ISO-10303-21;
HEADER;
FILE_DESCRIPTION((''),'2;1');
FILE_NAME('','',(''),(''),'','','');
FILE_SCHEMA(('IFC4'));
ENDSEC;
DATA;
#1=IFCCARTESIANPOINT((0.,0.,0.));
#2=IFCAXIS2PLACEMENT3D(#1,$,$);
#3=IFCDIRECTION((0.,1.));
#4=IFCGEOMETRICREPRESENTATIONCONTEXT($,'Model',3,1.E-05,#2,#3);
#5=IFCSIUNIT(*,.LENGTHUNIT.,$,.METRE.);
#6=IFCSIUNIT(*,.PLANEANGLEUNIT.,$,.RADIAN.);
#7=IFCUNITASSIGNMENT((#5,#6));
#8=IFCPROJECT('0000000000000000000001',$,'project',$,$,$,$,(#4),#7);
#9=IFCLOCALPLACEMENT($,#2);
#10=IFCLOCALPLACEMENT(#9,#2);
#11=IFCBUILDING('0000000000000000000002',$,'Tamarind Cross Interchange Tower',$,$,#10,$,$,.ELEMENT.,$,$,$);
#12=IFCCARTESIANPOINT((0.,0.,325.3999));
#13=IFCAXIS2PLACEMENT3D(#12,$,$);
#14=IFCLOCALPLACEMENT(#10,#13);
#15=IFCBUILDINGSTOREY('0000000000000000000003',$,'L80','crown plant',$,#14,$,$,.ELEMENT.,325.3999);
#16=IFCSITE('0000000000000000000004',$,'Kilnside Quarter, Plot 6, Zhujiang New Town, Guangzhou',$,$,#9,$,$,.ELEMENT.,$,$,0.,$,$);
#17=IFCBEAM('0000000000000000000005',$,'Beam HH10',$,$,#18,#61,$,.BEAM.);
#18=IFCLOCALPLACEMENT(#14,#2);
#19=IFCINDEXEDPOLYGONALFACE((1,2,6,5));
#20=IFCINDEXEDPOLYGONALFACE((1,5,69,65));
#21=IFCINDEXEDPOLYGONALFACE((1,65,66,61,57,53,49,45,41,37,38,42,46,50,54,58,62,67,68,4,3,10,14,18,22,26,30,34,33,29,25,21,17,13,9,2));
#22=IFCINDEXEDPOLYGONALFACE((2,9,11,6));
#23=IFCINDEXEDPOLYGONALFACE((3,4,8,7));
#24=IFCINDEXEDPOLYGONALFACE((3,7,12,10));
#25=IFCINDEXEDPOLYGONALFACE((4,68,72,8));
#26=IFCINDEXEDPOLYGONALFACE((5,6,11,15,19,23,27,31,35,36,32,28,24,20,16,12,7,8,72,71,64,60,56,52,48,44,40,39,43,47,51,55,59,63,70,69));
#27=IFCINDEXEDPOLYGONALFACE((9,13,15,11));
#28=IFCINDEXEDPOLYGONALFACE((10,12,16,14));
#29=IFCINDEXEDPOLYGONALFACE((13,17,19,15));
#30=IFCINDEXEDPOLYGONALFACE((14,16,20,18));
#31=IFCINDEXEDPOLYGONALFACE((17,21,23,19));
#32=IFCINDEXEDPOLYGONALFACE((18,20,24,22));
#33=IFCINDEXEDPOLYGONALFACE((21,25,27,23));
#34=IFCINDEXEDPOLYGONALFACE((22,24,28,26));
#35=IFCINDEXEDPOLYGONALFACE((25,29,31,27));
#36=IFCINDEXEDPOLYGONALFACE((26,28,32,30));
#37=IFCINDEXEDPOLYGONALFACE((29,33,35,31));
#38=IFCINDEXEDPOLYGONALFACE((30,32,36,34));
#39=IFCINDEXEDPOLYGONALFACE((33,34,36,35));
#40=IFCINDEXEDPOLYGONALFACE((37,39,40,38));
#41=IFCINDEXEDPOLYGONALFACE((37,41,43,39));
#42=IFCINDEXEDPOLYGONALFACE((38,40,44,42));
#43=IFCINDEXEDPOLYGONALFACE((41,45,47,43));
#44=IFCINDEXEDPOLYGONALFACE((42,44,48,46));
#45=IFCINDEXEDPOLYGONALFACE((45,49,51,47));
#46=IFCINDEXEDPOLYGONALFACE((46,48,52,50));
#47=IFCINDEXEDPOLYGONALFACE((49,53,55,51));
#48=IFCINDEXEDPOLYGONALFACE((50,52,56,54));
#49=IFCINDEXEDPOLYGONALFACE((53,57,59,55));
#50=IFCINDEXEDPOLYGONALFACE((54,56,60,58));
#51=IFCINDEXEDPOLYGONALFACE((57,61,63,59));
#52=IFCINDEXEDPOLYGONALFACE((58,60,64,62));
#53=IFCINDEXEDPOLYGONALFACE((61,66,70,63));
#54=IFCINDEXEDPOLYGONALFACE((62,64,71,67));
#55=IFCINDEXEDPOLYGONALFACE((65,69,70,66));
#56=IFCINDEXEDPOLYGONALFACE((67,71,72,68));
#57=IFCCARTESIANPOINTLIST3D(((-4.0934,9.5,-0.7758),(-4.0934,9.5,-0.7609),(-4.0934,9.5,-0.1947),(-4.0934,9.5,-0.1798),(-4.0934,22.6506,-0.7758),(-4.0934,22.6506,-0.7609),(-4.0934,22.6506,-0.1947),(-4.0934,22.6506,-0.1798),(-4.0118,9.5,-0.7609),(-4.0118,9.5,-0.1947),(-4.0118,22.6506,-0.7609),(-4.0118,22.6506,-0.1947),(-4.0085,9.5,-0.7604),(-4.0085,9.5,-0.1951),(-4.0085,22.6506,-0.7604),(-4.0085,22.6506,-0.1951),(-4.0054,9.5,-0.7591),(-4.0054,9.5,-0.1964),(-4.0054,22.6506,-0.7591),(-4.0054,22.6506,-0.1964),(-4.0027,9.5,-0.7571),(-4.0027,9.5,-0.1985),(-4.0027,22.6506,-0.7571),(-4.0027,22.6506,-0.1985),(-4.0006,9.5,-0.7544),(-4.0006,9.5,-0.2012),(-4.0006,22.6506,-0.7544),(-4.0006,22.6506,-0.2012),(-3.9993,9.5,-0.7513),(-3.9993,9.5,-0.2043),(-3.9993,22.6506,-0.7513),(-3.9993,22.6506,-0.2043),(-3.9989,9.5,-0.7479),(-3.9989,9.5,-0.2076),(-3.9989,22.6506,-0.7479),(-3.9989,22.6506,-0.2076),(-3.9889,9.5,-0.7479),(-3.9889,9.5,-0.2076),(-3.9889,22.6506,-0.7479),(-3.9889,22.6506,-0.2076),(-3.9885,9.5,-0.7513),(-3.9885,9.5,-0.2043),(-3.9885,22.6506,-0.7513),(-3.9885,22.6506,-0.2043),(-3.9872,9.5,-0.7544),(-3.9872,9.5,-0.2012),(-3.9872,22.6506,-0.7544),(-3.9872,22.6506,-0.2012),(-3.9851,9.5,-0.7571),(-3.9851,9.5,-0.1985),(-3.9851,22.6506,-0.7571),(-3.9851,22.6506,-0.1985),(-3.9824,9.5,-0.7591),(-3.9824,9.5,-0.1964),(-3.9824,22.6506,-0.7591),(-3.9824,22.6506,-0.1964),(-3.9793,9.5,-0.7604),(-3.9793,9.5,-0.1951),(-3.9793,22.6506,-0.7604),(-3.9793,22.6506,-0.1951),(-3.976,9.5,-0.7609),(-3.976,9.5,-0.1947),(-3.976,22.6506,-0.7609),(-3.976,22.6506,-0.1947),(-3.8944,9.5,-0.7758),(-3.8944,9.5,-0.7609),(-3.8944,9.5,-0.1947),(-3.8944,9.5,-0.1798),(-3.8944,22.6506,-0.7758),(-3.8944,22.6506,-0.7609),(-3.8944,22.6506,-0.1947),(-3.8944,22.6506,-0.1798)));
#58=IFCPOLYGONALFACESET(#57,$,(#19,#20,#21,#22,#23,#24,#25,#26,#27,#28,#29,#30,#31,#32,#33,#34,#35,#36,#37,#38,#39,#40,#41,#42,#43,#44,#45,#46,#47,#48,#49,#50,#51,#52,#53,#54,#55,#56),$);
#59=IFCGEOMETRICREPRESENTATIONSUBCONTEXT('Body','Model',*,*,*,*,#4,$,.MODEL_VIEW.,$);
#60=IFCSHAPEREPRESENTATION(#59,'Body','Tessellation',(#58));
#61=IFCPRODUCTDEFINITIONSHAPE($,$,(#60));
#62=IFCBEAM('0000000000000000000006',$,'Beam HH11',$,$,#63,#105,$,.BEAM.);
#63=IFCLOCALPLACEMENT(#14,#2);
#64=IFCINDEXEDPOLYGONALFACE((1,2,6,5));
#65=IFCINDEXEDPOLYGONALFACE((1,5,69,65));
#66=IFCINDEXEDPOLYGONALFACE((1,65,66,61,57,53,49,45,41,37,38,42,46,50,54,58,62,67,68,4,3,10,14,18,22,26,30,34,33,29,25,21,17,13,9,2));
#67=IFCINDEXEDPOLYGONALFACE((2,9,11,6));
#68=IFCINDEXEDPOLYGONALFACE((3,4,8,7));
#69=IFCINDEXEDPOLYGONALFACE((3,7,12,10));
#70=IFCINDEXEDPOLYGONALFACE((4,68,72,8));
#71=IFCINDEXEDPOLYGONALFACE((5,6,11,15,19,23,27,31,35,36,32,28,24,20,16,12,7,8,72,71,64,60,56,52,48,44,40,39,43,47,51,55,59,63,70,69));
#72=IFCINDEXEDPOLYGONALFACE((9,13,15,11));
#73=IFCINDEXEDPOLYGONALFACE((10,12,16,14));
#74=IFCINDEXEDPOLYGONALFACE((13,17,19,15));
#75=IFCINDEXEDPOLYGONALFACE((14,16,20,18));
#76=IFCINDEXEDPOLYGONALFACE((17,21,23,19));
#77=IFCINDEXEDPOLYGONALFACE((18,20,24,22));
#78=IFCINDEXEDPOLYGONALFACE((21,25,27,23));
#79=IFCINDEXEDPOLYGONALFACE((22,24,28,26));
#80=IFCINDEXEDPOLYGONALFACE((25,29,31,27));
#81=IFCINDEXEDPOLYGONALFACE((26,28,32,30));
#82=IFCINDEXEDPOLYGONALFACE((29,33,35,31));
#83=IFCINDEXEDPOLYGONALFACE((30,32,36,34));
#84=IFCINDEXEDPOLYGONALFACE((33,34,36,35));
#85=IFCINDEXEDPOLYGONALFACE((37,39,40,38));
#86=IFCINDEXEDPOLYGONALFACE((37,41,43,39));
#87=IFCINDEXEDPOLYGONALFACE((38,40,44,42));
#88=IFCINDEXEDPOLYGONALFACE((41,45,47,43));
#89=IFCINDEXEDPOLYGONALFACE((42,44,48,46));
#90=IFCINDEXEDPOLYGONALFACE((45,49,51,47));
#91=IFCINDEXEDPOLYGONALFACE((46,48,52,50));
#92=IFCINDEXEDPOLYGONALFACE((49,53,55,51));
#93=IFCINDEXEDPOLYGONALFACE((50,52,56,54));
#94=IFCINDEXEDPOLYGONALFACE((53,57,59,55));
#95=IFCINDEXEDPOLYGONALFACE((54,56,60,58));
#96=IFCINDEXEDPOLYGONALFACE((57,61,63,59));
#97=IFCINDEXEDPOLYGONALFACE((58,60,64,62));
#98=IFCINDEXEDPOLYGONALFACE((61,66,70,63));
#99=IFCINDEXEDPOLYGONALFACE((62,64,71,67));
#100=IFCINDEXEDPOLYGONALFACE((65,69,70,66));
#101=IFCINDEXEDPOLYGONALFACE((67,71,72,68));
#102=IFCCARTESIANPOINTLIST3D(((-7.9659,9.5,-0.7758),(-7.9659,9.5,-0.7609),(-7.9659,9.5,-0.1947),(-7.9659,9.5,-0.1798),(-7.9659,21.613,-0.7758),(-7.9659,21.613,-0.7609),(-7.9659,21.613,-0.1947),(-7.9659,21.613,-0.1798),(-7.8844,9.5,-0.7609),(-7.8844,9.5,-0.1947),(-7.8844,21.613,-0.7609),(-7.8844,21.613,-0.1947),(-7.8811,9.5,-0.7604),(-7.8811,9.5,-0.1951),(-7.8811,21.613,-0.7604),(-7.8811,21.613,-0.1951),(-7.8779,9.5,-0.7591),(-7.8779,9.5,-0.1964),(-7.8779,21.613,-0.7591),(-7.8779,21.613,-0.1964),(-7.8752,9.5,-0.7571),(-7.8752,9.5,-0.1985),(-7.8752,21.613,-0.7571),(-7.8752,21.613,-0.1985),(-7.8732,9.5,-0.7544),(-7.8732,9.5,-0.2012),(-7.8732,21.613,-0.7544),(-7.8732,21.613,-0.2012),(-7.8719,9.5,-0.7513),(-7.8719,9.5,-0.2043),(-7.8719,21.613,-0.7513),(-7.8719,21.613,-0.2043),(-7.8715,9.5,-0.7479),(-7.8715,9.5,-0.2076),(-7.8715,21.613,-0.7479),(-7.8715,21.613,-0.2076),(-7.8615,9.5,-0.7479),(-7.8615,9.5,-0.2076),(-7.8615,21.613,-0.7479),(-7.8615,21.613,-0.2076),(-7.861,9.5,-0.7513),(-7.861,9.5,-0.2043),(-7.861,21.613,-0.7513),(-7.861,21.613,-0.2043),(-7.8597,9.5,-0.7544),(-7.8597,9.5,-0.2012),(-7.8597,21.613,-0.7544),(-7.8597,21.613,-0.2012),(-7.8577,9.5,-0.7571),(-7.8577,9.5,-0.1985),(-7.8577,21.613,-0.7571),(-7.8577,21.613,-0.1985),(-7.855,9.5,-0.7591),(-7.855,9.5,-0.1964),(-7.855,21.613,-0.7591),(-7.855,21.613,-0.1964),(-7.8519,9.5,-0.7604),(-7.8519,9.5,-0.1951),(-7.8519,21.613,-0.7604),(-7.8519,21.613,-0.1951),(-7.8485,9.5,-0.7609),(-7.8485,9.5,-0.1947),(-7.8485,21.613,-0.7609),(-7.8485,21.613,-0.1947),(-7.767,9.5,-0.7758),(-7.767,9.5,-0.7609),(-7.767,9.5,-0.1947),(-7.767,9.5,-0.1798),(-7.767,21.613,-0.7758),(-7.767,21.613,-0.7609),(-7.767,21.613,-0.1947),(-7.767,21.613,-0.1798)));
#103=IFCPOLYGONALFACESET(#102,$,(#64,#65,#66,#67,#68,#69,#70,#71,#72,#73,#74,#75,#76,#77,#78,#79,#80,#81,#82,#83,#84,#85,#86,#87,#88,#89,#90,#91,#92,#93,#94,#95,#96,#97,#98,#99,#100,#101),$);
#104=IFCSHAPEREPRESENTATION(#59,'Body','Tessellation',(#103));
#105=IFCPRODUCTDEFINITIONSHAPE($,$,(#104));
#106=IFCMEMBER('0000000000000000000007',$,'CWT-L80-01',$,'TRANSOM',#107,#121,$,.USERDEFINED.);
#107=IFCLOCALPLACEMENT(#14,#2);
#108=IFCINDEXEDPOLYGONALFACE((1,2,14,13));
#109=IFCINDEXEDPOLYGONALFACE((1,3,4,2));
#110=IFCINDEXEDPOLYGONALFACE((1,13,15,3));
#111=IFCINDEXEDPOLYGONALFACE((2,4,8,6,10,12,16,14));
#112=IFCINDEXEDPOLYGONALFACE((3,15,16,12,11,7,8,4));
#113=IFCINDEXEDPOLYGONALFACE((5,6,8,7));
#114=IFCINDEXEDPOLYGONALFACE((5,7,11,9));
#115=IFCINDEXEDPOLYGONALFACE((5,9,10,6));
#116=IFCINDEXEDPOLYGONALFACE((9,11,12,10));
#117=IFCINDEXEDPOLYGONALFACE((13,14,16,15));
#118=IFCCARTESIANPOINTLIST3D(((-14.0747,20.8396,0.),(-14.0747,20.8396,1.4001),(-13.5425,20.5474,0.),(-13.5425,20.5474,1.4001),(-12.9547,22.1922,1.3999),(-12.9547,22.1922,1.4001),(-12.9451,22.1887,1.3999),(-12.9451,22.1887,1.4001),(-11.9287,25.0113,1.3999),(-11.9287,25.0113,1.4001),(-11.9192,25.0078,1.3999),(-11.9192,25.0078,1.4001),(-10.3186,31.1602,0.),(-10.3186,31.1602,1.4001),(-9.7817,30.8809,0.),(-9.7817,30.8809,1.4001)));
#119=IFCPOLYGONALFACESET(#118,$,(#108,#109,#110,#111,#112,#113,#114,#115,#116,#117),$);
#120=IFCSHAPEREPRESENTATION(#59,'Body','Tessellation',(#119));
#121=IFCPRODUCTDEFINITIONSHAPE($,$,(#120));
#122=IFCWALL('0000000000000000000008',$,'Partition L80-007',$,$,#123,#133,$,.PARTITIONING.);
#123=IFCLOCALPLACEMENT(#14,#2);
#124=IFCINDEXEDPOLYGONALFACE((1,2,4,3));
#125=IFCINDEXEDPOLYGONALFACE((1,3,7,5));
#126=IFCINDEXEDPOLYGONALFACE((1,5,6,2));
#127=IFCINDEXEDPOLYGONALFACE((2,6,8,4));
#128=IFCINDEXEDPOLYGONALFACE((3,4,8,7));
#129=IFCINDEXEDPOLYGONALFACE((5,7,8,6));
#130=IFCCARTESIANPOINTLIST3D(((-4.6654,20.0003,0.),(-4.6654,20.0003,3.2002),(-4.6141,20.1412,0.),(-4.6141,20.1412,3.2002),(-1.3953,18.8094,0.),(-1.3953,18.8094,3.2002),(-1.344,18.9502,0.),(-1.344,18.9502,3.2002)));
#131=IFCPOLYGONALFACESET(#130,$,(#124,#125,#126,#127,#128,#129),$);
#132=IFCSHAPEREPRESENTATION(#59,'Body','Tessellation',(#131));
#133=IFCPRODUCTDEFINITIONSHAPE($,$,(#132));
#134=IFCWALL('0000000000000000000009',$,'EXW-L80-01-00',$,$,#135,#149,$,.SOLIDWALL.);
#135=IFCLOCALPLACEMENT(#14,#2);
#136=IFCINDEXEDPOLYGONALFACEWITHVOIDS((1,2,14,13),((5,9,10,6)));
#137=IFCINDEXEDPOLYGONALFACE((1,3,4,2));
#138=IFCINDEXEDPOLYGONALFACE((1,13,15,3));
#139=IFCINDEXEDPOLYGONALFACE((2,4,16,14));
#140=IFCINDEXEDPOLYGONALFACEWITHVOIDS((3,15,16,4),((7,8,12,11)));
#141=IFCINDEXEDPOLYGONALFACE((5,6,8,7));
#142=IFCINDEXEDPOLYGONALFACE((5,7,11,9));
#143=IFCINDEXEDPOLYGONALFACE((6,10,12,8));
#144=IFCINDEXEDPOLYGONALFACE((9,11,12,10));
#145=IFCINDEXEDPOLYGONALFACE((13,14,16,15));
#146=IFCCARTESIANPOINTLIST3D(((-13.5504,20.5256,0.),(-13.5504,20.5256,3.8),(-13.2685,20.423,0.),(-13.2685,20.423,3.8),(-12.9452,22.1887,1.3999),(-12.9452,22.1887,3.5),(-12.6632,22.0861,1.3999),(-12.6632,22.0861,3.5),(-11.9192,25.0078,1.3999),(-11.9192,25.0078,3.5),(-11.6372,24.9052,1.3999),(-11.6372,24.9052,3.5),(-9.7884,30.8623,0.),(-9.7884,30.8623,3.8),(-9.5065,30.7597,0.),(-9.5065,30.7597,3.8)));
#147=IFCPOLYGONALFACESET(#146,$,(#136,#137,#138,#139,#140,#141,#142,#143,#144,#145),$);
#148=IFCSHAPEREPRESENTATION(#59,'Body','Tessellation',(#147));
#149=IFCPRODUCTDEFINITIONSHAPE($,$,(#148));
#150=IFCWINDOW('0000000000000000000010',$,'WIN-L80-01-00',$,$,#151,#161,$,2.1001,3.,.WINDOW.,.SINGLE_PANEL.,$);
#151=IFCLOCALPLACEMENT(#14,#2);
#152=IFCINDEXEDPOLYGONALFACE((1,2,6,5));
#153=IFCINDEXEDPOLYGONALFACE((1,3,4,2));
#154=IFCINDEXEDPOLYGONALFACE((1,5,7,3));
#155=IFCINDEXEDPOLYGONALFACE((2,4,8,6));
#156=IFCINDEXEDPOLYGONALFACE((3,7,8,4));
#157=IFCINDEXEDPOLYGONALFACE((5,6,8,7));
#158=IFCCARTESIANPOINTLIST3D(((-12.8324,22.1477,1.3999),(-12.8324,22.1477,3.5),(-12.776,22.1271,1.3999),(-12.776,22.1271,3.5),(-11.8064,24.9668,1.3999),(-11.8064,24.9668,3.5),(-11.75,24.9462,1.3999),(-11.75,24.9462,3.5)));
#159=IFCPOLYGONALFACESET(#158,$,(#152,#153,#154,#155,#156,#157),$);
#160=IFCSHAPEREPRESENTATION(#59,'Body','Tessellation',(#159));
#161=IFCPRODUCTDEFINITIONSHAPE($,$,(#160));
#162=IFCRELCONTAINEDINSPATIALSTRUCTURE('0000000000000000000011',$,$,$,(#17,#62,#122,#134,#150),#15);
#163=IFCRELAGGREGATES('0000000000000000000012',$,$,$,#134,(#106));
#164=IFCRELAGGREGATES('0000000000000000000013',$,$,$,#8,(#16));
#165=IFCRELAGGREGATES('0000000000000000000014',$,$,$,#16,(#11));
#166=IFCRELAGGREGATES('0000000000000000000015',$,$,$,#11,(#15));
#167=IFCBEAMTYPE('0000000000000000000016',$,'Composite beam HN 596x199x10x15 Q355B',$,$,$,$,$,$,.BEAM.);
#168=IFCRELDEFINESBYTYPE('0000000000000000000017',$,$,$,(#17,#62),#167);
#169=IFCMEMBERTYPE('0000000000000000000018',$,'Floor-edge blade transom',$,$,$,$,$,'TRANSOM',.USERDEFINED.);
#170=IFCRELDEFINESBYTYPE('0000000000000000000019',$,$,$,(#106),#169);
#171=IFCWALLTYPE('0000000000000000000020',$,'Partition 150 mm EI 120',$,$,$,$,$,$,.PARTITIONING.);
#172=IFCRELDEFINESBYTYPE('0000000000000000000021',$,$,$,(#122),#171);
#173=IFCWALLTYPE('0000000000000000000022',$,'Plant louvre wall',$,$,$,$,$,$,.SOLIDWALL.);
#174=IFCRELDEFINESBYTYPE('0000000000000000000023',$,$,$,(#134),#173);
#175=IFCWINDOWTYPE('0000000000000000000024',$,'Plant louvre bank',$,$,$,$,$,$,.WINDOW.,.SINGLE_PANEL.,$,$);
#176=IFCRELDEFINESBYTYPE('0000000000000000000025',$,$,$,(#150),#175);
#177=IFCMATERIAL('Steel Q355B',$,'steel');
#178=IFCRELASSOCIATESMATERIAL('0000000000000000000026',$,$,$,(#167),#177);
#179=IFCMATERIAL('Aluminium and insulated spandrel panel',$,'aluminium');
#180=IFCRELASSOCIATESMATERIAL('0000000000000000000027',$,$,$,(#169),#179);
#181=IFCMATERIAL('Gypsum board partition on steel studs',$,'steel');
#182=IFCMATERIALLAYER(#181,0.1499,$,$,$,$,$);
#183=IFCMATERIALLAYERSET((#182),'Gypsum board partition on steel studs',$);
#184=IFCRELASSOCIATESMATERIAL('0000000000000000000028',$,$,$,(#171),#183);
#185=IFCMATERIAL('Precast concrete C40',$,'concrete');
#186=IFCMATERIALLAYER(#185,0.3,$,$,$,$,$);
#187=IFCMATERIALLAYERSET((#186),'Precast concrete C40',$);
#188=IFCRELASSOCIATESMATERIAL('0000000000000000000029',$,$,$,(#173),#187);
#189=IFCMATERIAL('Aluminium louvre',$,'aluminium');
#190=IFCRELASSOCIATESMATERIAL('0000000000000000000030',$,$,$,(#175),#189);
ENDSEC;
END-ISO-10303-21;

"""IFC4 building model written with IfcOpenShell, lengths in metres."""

from ifc_helpers import new_model, si_unit, direction, frame, frame_2d, origin, origin_2d, place, context, subcontext, project, spatial, polyline, rectangle, i_section, outline, extrude, material, layer, layer_set, material_profile, profile_set, type_object, element, fill, aggregate, save


model = new_model("IFC4")

# Units and contexts
model_context = context("Model", 3, precision=1e-05, world=origin(), true_north=direction((0.0, 1.0)))
body_context = subcontext(model_context, "Body", "Model", "MODEL_VIEW")
ifc_project = project(units=[si_unit("LENGTHUNIT", "METRE"), si_unit("PLANEANGLEUNIT", "RADIAN")], contexts=[model_context])

# Site, building, storey
site_placement = place(None, origin())
site = spatial("IfcSite", under=ifc_project, at=site_placement, Name="Kilnside Quarter, Plot 6, Zhujiang New Town, Guangzhou", CompositionType="ELEMENT", RefElevation=0.0)
building_placement = place(site_placement, origin())
building = spatial("IfcBuilding", under=site, at=building_placement, Name="Tamarind Cross Interchange Tower", CompositionType="ELEMENT")
storey_placement = place(building_placement, frame((0.0, 0.0, 325.3999)))
storey = spatial("IfcBuildingStorey", under=building, at=storey_placement, Name="L80", Description="crown plant", CompositionType="ELEMENT", Elevation=325.3999)

# Beams
ifc_material_1 = material(Name="Steel Q355B", Category="steel")
ifc_material_profile_1 = material_profile(ifc_material_1, i_section(OverallWidth=0.199, OverallDepth=0.5959, WebThickness=0.01, FlangeThickness=0.0149, FilletRadius=0.0129, at=origin_2d()), Name="HN 596x199x10x15")
ifc_profile_set_1 = profile_set([ifc_material_profile_1], Name="Steel Q355B")
beam_type = type_object("IfcBeamType", Name="Composite beam HN 596x199x10x15 Q355B", PredefinedType="BEAM", material=ifc_profile_set_1)
beam_1_placement = place(storey_placement, frame((-3.9939, 22.6506, -0.4778), z_axis=(0.0, -1.0, 0.0), x_axis=(1.0, 0.0, 0.0)))
element("IfcBeam", 1, at=beam_1_placement, inside=storey, type_object=beam_type, Name="Beam HH10", PredefinedType="BEAM", context=body_context, shape_type="SweptSolid", body=[
    extrude(i_section(OverallWidth=0.199, OverallDepth=0.5959, WebThickness=0.01, FlangeThickness=0.0149, FilletRadius=0.0129, at=origin_2d()), origin(), (0.0, 0.0, 1.0), 13.1506),
])
beam_2_placement = place(storey_placement, frame((-7.8665, 21.613, -0.4778), z_axis=(0.0, -1.0, 0.0), x_axis=(1.0, 0.0, 0.0)))
element("IfcBeam", 2, at=beam_2_placement, inside=storey, type_object=beam_type, Name="Beam HH11", PredefinedType="BEAM", context=body_context, shape_type="SweptSolid", body=[
    extrude(i_section(OverallWidth=0.199, OverallDepth=0.5959, WebThickness=0.01, FlangeThickness=0.0149, FilletRadius=0.0129, at=origin_2d()), origin(), (0.0, 0.0, 1.0), 12.113),
])

# Member
ifc_material_2 = material(Name="Aluminium and insulated spandrel panel", Category="aluminium")
member_type = type_object("IfcMemberType", Name="Floor-edge blade transom", ElementType="TRANSOM", PredefinedType="USERDEFINED", material=ifc_material_2)
member_1_placement = place(storey_placement, origin())
member_1 = element("IfcMember", 3, at=member_1_placement, type_object=member_type, Name="CWT-L80-01", ObjectType="TRANSOM", PredefinedType="USERDEFINED", context=body_context, shape_type="SweptSolid", body=[
    extrude(outline(polyline([(-9.7817, 30.8809), (-13.5425, 20.5474), (-14.0747, 20.8396), (-10.3186, 31.1602), (-9.7817, 30.8809)])), origin(), (0.0, 0.0, 1.0), 1.4001),
])

# Wall
ifc_material_3 = material(Name="Gypsum board partition on steel studs", Category="steel")
ifc_layer_1 = layer(ifc_material_3, 0.1499)
ifc_layer_set_1 = layer_set([ifc_layer_1], Name="Gypsum board partition on steel studs")
wall_type_1 = type_object("IfcWallType", Name="Partition 150 mm EI 120", PredefinedType="PARTITIONING", material=ifc_layer_set_1)
wall_1_placement = place(storey_placement, frame((-4.6399, 20.0708, 0.0), z_axis=(0.0, 0.0, 1.0), x_axis=(0.939625, -0.342205, 0.0)))
element("IfcWall", 4, at=wall_1_placement, inside=storey, type_object=wall_type_1, Name="Partition L80-007", PredefinedType="PARTITIONING", context=body_context, shape_type="SweptSolid", body=[
    extrude(rectangle(XDim=3.4802, YDim=0.1499, at=frame_2d((1.7402, 0.0))), origin(), (0.0, 0.0, 1.0), 3.2002),
])

# Shared definitions
ifc_material_4 = material(Name="Precast concrete C40", Category="concrete")
ifc_layer_2 = layer(ifc_material_4, 0.3)
ifc_layer_set_2 = layer_set([ifc_layer_2], Name="Precast concrete C40")
wall_type_2 = type_object("IfcWallType", Name="Plant louvre wall", PredefinedType="SOLIDWALL", material=ifc_layer_set_2)

# Wall, opening, window
wall_2_placement = place(storey_placement, frame((-9.6475, 30.811, 0.0), z_axis=(0.0, 0.0, 1.0), x_axis=(-0.341998, -0.939701, 0.0)))
wall_2 = element("IfcWall", 5, at=wall_2_placement, inside=storey, type_object=wall_type_2, Name="EXW-L80-01-00", PredefinedType="SOLIDWALL", context=body_context, shape_type="SweptSolid", body=[
    extrude(rectangle(XDim=11.0, YDim=0.3, at=frame_2d((5.5, 0.0))), origin(), (0.0, 0.0, 1.0), 3.8),
])
opening_1_placement = place(wall_2_placement, frame((6.2302, 0.0, 1.3999)))
opening_1 = element("IfcOpeningElement", 6, at=opening_1_placement, cuts=wall_2, PredefinedType="OPENING", context=body_context, shape_type="SweptSolid", body=[
    extrude(rectangle(XDim=3.0, YDim=2.1001, at=frame_2d((1.5, 1.05))), frame((0.0, 0.1599, 0.0), z_axis=(0.0, -1.0, 0.0), x_axis=(1.0, 0.0, 0.0)), (0.0, 0.0, 1.0), 0.3201),
])
ifc_material_5 = material(Name="Aluminium louvre", Category="aluminium")
window_type = type_object("IfcWindowType", Name="Plant louvre bank", PartitioningType="SINGLE_PANEL", PredefinedType="WINDOW", material=ifc_material_5)
window_placement = place(opening_1_placement, origin())
window = element("IfcWindow", 7, at=window_placement, inside=storey, type_object=window_type, Name="WIN-L80-01-00", OverallHeight=2.1001, OverallWidth=3.0, PartitioningType="SINGLE_PANEL", PredefinedType="WINDOW", context=body_context, shape_type="SweptSolid", body=[
    extrude(rectangle(XDim=3.0, YDim=2.1001, at=frame_2d((1.5, 1.05))), frame((0.0, 0.03, 0.0), z_axis=(0.0, -1.0, 0.0), x_axis=(1.0, 0.0, 0.0)), (0.0, 0.0, 1.0), 0.0601),
])
fill(opening_1, window)
aggregate(wall_2, [member_1])

save(model, "model.ifc")
